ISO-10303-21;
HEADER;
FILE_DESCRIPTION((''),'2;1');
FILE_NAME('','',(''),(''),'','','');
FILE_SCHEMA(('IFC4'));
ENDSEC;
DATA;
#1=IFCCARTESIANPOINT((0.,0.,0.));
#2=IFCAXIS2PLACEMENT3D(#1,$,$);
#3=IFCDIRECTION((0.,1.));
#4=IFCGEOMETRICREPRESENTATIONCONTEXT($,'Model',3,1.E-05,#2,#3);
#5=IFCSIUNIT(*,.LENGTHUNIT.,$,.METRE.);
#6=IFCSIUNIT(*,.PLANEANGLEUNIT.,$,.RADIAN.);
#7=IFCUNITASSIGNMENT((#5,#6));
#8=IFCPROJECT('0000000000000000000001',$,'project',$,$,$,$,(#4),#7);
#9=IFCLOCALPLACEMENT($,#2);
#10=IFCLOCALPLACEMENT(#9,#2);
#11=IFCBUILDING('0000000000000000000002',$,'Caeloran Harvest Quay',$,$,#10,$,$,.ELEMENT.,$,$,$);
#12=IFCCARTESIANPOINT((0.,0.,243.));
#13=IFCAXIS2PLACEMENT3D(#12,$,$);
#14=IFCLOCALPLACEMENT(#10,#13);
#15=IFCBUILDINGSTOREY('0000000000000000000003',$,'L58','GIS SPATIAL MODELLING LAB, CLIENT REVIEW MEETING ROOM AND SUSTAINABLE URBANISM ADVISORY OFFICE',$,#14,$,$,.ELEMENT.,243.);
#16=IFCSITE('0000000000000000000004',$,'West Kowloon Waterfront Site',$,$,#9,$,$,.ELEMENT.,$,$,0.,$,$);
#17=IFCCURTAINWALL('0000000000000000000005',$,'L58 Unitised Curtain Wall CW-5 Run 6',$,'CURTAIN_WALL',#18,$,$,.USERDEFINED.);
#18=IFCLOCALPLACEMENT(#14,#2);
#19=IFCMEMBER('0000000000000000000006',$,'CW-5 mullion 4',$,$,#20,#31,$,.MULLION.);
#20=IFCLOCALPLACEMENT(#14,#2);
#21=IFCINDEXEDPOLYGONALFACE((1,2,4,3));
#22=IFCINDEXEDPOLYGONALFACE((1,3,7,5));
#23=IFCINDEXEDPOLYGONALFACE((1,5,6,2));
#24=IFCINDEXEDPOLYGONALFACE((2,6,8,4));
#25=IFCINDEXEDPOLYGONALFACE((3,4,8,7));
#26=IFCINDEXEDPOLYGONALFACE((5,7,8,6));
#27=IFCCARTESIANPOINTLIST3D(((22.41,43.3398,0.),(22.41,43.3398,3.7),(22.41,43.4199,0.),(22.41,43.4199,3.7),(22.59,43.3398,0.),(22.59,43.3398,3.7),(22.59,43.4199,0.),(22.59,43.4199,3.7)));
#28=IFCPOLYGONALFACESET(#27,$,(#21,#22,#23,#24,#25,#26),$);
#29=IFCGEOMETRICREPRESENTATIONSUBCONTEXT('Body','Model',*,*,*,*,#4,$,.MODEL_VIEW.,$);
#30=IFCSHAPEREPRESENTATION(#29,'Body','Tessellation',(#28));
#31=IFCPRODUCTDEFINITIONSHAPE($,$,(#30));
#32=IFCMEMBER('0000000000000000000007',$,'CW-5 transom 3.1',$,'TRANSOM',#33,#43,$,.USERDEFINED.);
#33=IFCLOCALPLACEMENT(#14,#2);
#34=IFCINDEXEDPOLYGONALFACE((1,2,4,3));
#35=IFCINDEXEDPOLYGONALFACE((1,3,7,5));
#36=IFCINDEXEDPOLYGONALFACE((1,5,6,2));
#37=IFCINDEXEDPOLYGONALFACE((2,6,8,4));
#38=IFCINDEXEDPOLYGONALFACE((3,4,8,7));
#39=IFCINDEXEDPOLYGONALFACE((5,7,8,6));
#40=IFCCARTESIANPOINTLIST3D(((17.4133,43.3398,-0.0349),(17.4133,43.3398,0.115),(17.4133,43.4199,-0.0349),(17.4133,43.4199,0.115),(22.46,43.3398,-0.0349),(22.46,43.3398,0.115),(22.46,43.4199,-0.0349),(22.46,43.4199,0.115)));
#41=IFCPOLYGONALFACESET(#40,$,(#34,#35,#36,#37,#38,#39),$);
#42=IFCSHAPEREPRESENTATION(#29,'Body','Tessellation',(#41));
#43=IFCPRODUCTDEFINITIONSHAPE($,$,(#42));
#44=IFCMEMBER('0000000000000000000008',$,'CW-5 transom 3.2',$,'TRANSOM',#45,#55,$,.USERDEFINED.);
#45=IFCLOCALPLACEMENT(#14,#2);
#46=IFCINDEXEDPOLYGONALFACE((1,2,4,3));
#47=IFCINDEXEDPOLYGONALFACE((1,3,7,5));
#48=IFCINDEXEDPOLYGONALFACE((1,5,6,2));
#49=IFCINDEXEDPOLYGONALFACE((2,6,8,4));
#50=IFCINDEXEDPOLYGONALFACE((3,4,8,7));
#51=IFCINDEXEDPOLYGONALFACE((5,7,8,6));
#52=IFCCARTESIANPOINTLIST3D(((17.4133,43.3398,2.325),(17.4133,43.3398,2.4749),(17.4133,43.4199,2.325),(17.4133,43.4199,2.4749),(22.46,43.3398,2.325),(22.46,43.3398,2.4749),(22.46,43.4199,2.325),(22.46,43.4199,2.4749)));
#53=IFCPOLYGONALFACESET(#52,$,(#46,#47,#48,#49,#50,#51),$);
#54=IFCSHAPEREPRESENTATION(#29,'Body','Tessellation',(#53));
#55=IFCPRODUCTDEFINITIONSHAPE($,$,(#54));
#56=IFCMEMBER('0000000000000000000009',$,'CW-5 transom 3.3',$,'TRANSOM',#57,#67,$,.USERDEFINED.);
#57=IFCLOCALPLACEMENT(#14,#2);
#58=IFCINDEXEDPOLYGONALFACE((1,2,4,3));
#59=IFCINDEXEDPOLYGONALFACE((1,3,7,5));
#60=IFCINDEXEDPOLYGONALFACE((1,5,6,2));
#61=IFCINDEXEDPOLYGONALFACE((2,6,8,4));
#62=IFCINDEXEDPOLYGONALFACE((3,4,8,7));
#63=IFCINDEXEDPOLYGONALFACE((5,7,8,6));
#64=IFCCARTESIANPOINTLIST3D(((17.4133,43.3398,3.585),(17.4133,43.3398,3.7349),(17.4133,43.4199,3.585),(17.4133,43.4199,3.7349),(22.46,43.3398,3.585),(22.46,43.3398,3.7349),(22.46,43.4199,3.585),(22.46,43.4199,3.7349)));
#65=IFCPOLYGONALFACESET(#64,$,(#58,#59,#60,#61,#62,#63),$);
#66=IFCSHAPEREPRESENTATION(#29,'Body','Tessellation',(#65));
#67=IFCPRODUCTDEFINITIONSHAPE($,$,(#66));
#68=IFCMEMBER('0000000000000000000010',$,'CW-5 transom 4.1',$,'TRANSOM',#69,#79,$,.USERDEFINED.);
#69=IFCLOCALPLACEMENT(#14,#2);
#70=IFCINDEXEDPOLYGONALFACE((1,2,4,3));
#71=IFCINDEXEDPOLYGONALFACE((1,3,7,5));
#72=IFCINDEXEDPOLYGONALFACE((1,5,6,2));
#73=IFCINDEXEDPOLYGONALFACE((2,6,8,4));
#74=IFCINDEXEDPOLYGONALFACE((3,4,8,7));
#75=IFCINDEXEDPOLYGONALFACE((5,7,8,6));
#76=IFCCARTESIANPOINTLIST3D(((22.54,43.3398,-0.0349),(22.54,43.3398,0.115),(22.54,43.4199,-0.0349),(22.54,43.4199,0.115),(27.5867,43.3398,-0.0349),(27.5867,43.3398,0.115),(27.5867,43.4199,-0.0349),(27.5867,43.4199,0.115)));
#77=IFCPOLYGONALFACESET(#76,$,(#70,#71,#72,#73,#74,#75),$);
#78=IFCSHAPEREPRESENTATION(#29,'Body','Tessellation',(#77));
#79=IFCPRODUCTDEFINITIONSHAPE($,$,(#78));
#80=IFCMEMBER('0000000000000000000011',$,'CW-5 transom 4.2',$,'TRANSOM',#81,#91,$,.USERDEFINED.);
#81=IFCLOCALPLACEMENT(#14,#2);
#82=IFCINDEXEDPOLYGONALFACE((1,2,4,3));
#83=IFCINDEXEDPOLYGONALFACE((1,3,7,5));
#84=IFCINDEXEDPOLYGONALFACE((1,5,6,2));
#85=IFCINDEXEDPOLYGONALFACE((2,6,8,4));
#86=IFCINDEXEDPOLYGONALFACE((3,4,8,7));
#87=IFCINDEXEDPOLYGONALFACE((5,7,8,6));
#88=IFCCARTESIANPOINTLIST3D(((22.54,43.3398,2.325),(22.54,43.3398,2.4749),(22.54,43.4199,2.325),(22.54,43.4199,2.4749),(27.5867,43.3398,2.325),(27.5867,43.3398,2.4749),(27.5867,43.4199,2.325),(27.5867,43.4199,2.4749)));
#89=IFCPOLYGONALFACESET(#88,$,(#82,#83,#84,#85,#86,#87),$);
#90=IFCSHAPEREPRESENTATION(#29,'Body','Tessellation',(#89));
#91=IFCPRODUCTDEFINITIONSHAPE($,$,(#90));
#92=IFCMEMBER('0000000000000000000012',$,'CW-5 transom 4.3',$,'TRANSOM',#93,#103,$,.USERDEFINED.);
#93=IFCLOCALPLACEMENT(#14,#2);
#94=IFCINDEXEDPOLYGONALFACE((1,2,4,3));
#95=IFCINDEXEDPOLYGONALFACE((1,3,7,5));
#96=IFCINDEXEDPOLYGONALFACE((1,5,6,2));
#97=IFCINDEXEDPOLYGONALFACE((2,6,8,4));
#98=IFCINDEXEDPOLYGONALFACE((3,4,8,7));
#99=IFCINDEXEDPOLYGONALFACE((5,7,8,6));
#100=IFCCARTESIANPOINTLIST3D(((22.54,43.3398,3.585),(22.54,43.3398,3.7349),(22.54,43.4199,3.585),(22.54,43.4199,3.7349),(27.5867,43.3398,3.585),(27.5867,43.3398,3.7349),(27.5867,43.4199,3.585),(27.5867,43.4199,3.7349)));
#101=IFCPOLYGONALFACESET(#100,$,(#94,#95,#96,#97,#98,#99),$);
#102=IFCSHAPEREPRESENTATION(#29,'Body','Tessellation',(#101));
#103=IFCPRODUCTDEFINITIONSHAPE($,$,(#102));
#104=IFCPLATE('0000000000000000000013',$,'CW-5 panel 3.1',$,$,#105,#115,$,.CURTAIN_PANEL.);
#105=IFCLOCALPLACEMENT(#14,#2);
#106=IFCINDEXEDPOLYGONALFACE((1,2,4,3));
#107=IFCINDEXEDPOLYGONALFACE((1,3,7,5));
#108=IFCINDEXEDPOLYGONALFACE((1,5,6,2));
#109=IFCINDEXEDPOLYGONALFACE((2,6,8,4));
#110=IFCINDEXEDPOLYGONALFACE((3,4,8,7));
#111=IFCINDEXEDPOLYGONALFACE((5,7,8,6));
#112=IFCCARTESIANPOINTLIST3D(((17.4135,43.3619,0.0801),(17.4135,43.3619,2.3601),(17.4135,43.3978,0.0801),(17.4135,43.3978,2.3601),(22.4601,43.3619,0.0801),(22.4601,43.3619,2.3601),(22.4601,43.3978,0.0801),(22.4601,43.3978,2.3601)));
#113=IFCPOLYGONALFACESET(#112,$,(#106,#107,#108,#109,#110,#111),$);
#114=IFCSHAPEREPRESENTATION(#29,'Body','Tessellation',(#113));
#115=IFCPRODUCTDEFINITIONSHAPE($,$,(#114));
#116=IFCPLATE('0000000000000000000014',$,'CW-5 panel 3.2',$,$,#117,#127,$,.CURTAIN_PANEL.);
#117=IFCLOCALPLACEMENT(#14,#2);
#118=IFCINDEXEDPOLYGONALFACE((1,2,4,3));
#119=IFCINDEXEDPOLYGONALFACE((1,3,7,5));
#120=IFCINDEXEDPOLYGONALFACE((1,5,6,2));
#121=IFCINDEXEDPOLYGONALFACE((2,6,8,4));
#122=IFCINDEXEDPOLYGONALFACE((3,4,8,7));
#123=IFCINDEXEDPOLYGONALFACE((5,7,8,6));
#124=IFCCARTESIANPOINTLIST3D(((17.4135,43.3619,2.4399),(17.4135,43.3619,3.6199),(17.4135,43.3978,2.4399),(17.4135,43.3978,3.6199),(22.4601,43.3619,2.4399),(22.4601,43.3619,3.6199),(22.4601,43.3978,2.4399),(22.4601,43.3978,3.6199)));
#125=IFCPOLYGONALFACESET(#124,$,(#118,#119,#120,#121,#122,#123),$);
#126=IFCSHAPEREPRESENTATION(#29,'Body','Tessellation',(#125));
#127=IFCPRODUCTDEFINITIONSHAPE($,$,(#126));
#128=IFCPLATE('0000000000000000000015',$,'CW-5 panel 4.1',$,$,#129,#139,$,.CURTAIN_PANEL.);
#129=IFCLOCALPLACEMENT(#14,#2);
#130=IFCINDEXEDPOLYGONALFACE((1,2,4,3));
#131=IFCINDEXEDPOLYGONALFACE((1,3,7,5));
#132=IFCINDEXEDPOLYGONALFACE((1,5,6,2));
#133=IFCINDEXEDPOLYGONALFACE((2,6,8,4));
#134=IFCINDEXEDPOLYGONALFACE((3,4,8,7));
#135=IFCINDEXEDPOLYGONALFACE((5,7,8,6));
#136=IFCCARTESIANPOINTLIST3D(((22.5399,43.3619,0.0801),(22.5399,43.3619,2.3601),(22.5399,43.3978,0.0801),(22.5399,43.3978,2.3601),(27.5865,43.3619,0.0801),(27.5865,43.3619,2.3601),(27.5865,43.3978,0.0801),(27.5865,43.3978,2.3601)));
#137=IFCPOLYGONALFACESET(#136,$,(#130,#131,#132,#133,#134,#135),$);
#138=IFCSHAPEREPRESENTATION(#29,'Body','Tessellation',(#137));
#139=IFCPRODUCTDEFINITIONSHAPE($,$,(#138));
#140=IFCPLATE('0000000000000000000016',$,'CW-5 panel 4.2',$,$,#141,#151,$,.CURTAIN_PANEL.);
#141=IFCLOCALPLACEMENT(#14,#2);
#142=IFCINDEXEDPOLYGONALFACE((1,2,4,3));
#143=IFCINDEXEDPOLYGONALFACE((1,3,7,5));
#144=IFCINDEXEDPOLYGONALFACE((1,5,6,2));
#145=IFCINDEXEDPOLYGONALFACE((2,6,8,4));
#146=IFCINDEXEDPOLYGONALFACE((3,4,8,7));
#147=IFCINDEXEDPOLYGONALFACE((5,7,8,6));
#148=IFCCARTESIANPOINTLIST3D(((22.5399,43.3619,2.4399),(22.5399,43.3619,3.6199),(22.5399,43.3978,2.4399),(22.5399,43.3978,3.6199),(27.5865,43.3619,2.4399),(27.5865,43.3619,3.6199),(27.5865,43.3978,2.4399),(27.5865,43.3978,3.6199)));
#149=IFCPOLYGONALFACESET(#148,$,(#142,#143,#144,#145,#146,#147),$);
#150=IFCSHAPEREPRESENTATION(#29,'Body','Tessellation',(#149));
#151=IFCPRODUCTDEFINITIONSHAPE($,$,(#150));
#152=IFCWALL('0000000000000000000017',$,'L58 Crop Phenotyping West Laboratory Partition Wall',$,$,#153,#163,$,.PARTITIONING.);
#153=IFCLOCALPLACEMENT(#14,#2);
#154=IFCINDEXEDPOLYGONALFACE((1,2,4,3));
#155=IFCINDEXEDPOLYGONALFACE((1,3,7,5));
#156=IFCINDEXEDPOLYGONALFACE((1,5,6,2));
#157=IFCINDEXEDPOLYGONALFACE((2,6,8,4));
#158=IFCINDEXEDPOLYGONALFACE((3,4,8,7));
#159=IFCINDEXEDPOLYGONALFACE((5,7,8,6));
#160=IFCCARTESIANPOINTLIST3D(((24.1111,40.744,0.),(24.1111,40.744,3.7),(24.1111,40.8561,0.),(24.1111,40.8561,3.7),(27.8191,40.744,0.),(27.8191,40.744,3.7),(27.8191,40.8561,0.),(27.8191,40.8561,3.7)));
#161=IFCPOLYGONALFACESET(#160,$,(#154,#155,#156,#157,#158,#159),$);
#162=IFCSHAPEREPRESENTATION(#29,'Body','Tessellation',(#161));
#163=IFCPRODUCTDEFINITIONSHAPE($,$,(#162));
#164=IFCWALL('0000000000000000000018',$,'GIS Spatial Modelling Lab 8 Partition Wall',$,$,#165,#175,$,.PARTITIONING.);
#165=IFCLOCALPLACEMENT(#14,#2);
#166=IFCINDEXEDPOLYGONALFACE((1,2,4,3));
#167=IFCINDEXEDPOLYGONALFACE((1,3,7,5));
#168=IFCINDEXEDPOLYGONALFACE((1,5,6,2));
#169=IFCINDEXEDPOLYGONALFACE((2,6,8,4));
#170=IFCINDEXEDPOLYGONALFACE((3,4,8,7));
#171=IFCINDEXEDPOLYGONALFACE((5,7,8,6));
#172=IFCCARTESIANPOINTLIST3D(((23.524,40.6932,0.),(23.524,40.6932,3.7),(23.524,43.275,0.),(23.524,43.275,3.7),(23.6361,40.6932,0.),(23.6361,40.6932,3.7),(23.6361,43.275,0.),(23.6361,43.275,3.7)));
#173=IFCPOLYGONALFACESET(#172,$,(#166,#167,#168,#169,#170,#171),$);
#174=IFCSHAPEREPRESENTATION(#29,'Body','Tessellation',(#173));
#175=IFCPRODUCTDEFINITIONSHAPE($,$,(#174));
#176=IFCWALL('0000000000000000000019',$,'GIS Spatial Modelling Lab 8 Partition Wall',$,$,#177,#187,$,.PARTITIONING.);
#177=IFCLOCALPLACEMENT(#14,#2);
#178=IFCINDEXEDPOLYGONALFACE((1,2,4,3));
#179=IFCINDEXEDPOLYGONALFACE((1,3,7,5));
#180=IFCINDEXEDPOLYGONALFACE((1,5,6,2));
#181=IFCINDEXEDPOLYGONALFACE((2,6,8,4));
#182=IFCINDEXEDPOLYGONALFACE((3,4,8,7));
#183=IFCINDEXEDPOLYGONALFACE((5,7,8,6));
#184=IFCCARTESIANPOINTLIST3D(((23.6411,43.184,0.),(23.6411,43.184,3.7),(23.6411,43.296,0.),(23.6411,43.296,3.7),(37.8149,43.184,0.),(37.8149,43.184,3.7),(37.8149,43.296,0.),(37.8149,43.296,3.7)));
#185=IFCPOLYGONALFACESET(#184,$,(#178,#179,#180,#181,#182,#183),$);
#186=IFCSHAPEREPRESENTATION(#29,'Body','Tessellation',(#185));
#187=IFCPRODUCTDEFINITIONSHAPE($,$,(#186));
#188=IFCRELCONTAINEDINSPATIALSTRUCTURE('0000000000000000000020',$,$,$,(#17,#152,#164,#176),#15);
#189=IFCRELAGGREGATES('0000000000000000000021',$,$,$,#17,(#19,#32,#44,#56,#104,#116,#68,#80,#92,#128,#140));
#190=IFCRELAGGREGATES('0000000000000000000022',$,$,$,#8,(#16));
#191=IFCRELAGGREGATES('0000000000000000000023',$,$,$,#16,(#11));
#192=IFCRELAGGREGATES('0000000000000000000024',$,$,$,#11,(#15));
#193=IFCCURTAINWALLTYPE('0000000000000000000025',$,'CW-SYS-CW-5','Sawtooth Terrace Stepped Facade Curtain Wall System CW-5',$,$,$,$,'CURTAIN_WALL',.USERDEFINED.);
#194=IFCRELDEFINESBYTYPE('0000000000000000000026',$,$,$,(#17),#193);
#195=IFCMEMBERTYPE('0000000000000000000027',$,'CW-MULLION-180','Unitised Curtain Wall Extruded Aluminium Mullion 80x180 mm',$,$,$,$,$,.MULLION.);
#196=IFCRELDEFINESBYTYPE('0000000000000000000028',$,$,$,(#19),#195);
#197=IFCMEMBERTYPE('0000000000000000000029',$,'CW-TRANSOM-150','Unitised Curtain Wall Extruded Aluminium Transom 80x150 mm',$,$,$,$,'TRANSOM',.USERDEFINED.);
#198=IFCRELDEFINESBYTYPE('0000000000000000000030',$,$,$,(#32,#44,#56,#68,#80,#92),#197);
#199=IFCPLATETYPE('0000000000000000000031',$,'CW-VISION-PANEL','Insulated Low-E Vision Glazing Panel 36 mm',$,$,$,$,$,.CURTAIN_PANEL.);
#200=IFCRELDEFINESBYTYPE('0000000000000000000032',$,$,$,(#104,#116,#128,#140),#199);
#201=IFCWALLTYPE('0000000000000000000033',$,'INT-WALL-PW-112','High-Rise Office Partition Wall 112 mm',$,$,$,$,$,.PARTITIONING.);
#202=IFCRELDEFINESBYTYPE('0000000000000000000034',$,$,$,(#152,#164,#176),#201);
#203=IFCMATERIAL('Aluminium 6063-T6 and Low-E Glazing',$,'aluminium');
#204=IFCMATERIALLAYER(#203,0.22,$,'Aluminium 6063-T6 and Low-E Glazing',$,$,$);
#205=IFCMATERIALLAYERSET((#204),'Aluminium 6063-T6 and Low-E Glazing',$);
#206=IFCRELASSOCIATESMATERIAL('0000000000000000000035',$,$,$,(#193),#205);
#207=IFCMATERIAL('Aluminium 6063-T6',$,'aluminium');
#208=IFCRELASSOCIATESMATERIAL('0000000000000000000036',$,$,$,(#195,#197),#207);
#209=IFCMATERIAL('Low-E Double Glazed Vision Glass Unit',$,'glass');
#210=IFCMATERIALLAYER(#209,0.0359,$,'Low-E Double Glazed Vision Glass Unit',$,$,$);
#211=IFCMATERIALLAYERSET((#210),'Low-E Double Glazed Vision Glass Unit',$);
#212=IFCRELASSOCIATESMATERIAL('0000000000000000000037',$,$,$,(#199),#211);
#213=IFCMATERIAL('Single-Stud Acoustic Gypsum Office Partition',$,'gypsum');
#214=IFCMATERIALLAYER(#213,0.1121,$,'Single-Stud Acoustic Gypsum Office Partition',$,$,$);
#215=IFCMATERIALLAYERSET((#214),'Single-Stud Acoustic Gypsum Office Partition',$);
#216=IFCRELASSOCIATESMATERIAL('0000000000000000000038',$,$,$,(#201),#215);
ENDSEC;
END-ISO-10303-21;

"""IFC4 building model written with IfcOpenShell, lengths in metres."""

from ifc_helpers import new_model, si_unit, direction, frame, frame_2d, origin, origin_2d, place, context, subcontext, project, spatial, rectangle, extrude, material, layer, layer_set, material_profile, profile_set, type_object, element, aggregate, save


model = new_model("IFC4")

# Units and contexts
model_context = context("Model", 3, precision=1e-05, world=origin(), true_north=direction((0.0, 1.0)))
body_context = subcontext(model_context, "Body", "Model", "MODEL_VIEW")
ifc_project = project(units=[si_unit("LENGTHUNIT", "METRE"), si_unit("PLANEANGLEUNIT", "RADIAN")], contexts=[model_context])

# Site, building, storey
site_placement = place(None, origin())
site = spatial("IfcSite", under=ifc_project, at=site_placement, Name="West Kowloon Waterfront Site", CompositionType="ELEMENT", RefElevation=0.0)
building_placement = place(site_placement, origin())
building = spatial("IfcBuilding", under=site, at=building_placement, Name="Caeloran Harvest Quay", CompositionType="ELEMENT")
storey_placement = place(building_placement, frame((0.0, 0.0, 243.0)))
storey = spatial("IfcBuildingStorey", under=building, at=storey_placement, Name="L58", Description="GIS SPATIAL MODELLING LAB, CLIENT REVIEW MEETING ROOM AND SUSTAINABLE URBANISM ADVISORY OFFICE", CompositionType="ELEMENT", Elevation=243.0)

# Curtain wall, members, plates
ifc_material_1 = material(Name="Aluminium 6063-T6 and Low-E Glazing", Category="aluminium")
ifc_layer_1 = layer(ifc_material_1, 0.22, Name="Aluminium 6063-T6 and Low-E Glazing")
ifc_layer_set_1 = layer_set([ifc_layer_1], Name="Aluminium 6063-T6 and Low-E Glazing")
curtain_wall_type = type_object("IfcCurtainWallType", Name="CW-SYS-CW-5", Description="Sawtooth Terrace Stepped Facade Curtain Wall System CW-5", ElementType="CURTAIN_WALL", PredefinedType="USERDEFINED", material=ifc_layer_set_1)
curtain_wall_placement = place(storey_placement, origin())
curtain_wall = element("IfcCurtainWall", 1, at=curtain_wall_placement, inside=storey, type_object=curtain_wall_type, Name="L58 Unitised Curtain Wall CW-5 Run 6", ObjectType="CURTAIN_WALL", PredefinedType="USERDEFINED")
ifc_material_2 = material(Name="Aluminium 6063-T6", Category="aluminium")
ifc_material_profile_1 = material_profile(ifc_material_2, rectangle(XDim=0.0801, YDim=0.1799, at=origin_2d()), Name="CW-MULLION-180")
ifc_profile_set_1 = profile_set([ifc_material_profile_1], Name="Aluminium 6063-T6")
member_type_1 = type_object("IfcMemberType", Name="CW-MULLION-180", Description="Unitised Curtain Wall Extruded Aluminium Mullion 80x180 mm", PredefinedType="MULLION", material=ifc_profile_set_1)
member_1_placement = place(storey_placement, frame((22.5, 43.3799, 0.0), z_axis=(0.0, 0.0, 1.0), x_axis=(0.0, 1.0, 0.0)))
member_1 = element("IfcMember", 2, at=member_1_placement, type_object=member_type_1, Name="CW-5 mullion 4", PredefinedType="MULLION", context=body_context, shape_type="SweptSolid", body=[
    extrude(rectangle(XDim=0.0801, YDim=0.1799, at=origin_2d()), origin(), (0.0, 0.0, 1.0), 3.7),
])
ifc_material_profile_2 = material_profile(ifc_material_2, rectangle(XDim=0.0801, YDim=0.1499, at=origin_2d()), Name="CW-TRANSOM-150")
ifc_profile_set_2 = profile_set([ifc_material_profile_2], Name="Aluminium 6063-T6")
member_type_2 = type_object("IfcMemberType", Name="CW-TRANSOM-150", Description="Unitised Curtain Wall Extruded Aluminium Transom 80x150 mm", ElementType="TRANSOM", PredefinedType="USERDEFINED", material=ifc_profile_set_2)
member_2_placement = place(storey_placement, frame((17.4133, 43.3799, 0.04), z_axis=(1.0, 0.0, 0.0), x_axis=(0.0, 1.0, 0.0)))
member_2 = element("IfcMember", 3, at=member_2_placement, type_object=member_type_2, Name="CW-5 transom 3.1", ObjectType="TRANSOM", PredefinedType="USERDEFINED", context=body_context, shape_type="SweptSolid", body=[
    extrude(rectangle(XDim=0.0801, YDim=0.1499, at=origin_2d()), origin(), (0.0, 0.0, 1.0), 5.0466),
])
member_3_placement = place(storey_placement, frame((17.4133, 43.3799, 2.3999), z_axis=(1.0, 0.0, 0.0), x_axis=(0.0, 1.0, 0.0)))
member_3 = element("IfcMember", 4, at=member_3_placement, type_object=member_type_2, Name="CW-5 transom 3.2", ObjectType="TRANSOM", PredefinedType="USERDEFINED", context=body_context, shape_type="SweptSolid", body=[
    extrude(rectangle(XDim=0.0801, YDim=0.1499, at=origin_2d()), origin(), (0.0, 0.0, 1.0), 5.0466),
])
member_4_placement = place(storey_placement, frame((17.4133, 43.3799, 3.6599), z_axis=(1.0, 0.0, 0.0), x_axis=(0.0, 1.0, 0.0)))
member_4 = element("IfcMember", 5, at=member_4_placement, type_object=member_type_2, Name="CW-5 transom 3.3", ObjectType="TRANSOM", PredefinedType="USERDEFINED", context=body_context, shape_type="SweptSolid", body=[
    extrude(rectangle(XDim=0.0801, YDim=0.1499, at=origin_2d()), origin(), (0.0, 0.0, 1.0), 5.0466),
])
member_5_placement = place(storey_placement, frame((22.54, 43.3799, 0.04), z_axis=(1.0, 0.0, 0.0), x_axis=(0.0, 1.0, 0.0)))
member_5 = element("IfcMember", 6, at=member_5_placement, type_object=member_type_2, Name="CW-5 transom 4.1", ObjectType="TRANSOM", PredefinedType="USERDEFINED", context=body_context, shape_type="SweptSolid", body=[
    extrude(rectangle(XDim=0.0801, YDim=0.1499, at=origin_2d()), origin(), (0.0, 0.0, 1.0), 5.0466),
])
member_6_placement = place(storey_placement, frame((22.54, 43.3799, 2.3999), z_axis=(1.0, 0.0, 0.0), x_axis=(0.0, 1.0, 0.0)))
member_6 = element("IfcMember", 7, at=member_6_placement, type_object=member_type_2, Name="CW-5 transom 4.2", ObjectType="TRANSOM", PredefinedType="USERDEFINED", context=body_context, shape_type="SweptSolid", body=[
    extrude(rectangle(XDim=0.0801, YDim=0.1499, at=origin_2d()), origin(), (0.0, 0.0, 1.0), 5.0466),
])
member_7_placement = place(storey_placement, frame((22.54, 43.3799, 3.6599), z_axis=(1.0, 0.0, 0.0), x_axis=(0.0, 1.0, 0.0)))
member_7 = element("IfcMember", 8, at=member_7_placement, type_object=member_type_2, Name="CW-5 transom 4.3", ObjectType="TRANSOM", PredefinedType="USERDEFINED", context=body_context, shape_type="SweptSolid", body=[
    extrude(rectangle(XDim=0.0801, YDim=0.1499, at=origin_2d()), origin(), (0.0, 0.0, 1.0), 5.0466),
])
ifc_material_3 = material(Name="Low-E Double Glazed Vision Glass Unit", Category="glass")
ifc_layer_2 = layer(ifc_material_3, 0.0359, Name="Low-E Double Glazed Vision Glass Unit")
ifc_layer_set_2 = layer_set([ifc_layer_2], Name="Low-E Double Glazed Vision Glass Unit")
plate_type = type_object("IfcPlateType", Name="CW-VISION-PANEL", Description="Insulated Low-E Vision Glazing Panel 36 mm", PredefinedType="CURTAIN_PANEL", material=ifc_layer_set_2)
plate_1_placement = place(storey_placement, frame((19.9368, 43.3799, 0.0801), z_axis=(0.0, 0.0, 1.0), x_axis=(1.0, 0.0, 0.0)))
plate_1 = element("IfcPlate", 9, at=plate_1_placement, type_object=plate_type, Name="CW-5 panel 3.1", PredefinedType="CURTAIN_PANEL", context=body_context, shape_type="SweptSolid", body=[
    extrude(rectangle(XDim=5.0466, YDim=0.0359, at=origin_2d()), origin(), (0.0, 0.0, 1.0), 2.28),
])
plate_2_placement = place(storey_placement, frame((19.9368, 43.3799, 2.4399), z_axis=(0.0, 0.0, 1.0), x_axis=(1.0, 0.0, 0.0)))
plate_2 = element("IfcPlate", 10, at=plate_2_placement, type_object=plate_type, Name="CW-5 panel 3.2", PredefinedType="CURTAIN_PANEL", context=body_context, shape_type="SweptSolid", body=[
    extrude(rectangle(XDim=5.0466, YDim=0.0359, at=origin_2d()), origin(), (0.0, 0.0, 1.0), 1.1799),
])
plate_3_placement = place(storey_placement, frame((25.0632, 43.3799, 0.0801), z_axis=(0.0, 0.0, 1.0), x_axis=(1.0, 0.0, 0.0)))
plate_3 = element("IfcPlate", 11, at=plate_3_placement, type_object=plate_type, Name="CW-5 panel 4.1", PredefinedType="CURTAIN_PANEL", context=body_context, shape_type="SweptSolid", body=[
    extrude(rectangle(XDim=5.0466, YDim=0.0359, at=origin_2d()), origin(), (0.0, 0.0, 1.0), 2.28),
])
plate_4_placement = place(storey_placement, frame((25.0632, 43.3799, 2.4399), z_axis=(0.0, 0.0, 1.0), x_axis=(1.0, 0.0, 0.0)))
plate_4 = element("IfcPlate", 12, at=plate_4_placement, type_object=plate_type, Name="CW-5 panel 4.2", PredefinedType="CURTAIN_PANEL", context=body_context, shape_type="SweptSolid", body=[
    extrude(rectangle(XDim=5.0466, YDim=0.0359, at=origin_2d()), origin(), (0.0, 0.0, 1.0), 1.1799),
])
aggregate(curtain_wall, [member_1, member_2, member_3, member_4, plate_1, plate_2, member_5, member_6, member_7, plate_3, plate_4])

# Walls
ifc_material_4 = material(Name="Single-Stud Acoustic Gypsum Office Partition", Category="gypsum")
ifc_layer_3 = layer(ifc_material_4, 0.1121, Name="Single-Stud Acoustic Gypsum Office Partition")
ifc_layer_set_3 = layer_set([ifc_layer_3], Name="Single-Stud Acoustic Gypsum Office Partition")
wall_type_1 = type_object("IfcWallType", Name="INT-WALL-PW-112", Description="High-Rise Office Partition Wall 112 mm", PredefinedType="PARTITIONING", material=ifc_layer_set_3)
wall_1_placement = place(storey_placement, frame((24.1111, 40.8, 0.0), z_axis=(0.0, 0.0, 1.0), x_axis=(1.0, 0.0, 0.0)))
element("IfcWall", 13, at=wall_1_placement, inside=storey, type_object=wall_type_1, Name="L58 Crop Phenotyping West Laboratory Partition Wall", PredefinedType="PARTITIONING", context=body_context, shape_type="SweptSolid", body=[
    extrude(rectangle(XDim=3.708, YDim=0.1121, at=frame_2d((1.854, 0.0))), origin(), (0.0, 0.0, 1.0), 3.7),
])
wall_2_placement = place(storey_placement, frame((23.5801, 40.6931, 0.0), z_axis=(0.0, 0.0, 1.0), x_axis=(0.0, 1.0, 0.0)))
element("IfcWall", 14, at=wall_2_placement, inside=storey, type_object=wall_type_1, Name="GIS Spatial Modelling Lab 8 Partition Wall", PredefinedType="PARTITIONING", context=body_context, shape_type="SweptSolid", body=[
    extrude(rectangle(XDim=2.5818, YDim=0.1121, at=frame_2d((1.291, 0.0))), origin(), (0.0, 0.0, 1.0), 3.7),
])
wall_3_placement = place(storey_placement, frame((23.6411, 43.24, 0.0), z_axis=(0.0, 0.0, 1.0), x_axis=(1.0, 0.0, 0.0)))
element("IfcWall", 15, at=wall_3_placement, inside=storey, type_object=wall_type_1, Name="GIS Spatial Modelling Lab 8 Partition Wall", PredefinedType="PARTITIONING", context=body_context, shape_type="SweptSolid", body=[
    extrude(rectangle(XDim=14.1738, YDim=0.1121, at=frame_2d((7.0869, 0.0))), origin(), (0.0, 0.0, 1.0), 3.7),
])

save(model, "model.ifc")
